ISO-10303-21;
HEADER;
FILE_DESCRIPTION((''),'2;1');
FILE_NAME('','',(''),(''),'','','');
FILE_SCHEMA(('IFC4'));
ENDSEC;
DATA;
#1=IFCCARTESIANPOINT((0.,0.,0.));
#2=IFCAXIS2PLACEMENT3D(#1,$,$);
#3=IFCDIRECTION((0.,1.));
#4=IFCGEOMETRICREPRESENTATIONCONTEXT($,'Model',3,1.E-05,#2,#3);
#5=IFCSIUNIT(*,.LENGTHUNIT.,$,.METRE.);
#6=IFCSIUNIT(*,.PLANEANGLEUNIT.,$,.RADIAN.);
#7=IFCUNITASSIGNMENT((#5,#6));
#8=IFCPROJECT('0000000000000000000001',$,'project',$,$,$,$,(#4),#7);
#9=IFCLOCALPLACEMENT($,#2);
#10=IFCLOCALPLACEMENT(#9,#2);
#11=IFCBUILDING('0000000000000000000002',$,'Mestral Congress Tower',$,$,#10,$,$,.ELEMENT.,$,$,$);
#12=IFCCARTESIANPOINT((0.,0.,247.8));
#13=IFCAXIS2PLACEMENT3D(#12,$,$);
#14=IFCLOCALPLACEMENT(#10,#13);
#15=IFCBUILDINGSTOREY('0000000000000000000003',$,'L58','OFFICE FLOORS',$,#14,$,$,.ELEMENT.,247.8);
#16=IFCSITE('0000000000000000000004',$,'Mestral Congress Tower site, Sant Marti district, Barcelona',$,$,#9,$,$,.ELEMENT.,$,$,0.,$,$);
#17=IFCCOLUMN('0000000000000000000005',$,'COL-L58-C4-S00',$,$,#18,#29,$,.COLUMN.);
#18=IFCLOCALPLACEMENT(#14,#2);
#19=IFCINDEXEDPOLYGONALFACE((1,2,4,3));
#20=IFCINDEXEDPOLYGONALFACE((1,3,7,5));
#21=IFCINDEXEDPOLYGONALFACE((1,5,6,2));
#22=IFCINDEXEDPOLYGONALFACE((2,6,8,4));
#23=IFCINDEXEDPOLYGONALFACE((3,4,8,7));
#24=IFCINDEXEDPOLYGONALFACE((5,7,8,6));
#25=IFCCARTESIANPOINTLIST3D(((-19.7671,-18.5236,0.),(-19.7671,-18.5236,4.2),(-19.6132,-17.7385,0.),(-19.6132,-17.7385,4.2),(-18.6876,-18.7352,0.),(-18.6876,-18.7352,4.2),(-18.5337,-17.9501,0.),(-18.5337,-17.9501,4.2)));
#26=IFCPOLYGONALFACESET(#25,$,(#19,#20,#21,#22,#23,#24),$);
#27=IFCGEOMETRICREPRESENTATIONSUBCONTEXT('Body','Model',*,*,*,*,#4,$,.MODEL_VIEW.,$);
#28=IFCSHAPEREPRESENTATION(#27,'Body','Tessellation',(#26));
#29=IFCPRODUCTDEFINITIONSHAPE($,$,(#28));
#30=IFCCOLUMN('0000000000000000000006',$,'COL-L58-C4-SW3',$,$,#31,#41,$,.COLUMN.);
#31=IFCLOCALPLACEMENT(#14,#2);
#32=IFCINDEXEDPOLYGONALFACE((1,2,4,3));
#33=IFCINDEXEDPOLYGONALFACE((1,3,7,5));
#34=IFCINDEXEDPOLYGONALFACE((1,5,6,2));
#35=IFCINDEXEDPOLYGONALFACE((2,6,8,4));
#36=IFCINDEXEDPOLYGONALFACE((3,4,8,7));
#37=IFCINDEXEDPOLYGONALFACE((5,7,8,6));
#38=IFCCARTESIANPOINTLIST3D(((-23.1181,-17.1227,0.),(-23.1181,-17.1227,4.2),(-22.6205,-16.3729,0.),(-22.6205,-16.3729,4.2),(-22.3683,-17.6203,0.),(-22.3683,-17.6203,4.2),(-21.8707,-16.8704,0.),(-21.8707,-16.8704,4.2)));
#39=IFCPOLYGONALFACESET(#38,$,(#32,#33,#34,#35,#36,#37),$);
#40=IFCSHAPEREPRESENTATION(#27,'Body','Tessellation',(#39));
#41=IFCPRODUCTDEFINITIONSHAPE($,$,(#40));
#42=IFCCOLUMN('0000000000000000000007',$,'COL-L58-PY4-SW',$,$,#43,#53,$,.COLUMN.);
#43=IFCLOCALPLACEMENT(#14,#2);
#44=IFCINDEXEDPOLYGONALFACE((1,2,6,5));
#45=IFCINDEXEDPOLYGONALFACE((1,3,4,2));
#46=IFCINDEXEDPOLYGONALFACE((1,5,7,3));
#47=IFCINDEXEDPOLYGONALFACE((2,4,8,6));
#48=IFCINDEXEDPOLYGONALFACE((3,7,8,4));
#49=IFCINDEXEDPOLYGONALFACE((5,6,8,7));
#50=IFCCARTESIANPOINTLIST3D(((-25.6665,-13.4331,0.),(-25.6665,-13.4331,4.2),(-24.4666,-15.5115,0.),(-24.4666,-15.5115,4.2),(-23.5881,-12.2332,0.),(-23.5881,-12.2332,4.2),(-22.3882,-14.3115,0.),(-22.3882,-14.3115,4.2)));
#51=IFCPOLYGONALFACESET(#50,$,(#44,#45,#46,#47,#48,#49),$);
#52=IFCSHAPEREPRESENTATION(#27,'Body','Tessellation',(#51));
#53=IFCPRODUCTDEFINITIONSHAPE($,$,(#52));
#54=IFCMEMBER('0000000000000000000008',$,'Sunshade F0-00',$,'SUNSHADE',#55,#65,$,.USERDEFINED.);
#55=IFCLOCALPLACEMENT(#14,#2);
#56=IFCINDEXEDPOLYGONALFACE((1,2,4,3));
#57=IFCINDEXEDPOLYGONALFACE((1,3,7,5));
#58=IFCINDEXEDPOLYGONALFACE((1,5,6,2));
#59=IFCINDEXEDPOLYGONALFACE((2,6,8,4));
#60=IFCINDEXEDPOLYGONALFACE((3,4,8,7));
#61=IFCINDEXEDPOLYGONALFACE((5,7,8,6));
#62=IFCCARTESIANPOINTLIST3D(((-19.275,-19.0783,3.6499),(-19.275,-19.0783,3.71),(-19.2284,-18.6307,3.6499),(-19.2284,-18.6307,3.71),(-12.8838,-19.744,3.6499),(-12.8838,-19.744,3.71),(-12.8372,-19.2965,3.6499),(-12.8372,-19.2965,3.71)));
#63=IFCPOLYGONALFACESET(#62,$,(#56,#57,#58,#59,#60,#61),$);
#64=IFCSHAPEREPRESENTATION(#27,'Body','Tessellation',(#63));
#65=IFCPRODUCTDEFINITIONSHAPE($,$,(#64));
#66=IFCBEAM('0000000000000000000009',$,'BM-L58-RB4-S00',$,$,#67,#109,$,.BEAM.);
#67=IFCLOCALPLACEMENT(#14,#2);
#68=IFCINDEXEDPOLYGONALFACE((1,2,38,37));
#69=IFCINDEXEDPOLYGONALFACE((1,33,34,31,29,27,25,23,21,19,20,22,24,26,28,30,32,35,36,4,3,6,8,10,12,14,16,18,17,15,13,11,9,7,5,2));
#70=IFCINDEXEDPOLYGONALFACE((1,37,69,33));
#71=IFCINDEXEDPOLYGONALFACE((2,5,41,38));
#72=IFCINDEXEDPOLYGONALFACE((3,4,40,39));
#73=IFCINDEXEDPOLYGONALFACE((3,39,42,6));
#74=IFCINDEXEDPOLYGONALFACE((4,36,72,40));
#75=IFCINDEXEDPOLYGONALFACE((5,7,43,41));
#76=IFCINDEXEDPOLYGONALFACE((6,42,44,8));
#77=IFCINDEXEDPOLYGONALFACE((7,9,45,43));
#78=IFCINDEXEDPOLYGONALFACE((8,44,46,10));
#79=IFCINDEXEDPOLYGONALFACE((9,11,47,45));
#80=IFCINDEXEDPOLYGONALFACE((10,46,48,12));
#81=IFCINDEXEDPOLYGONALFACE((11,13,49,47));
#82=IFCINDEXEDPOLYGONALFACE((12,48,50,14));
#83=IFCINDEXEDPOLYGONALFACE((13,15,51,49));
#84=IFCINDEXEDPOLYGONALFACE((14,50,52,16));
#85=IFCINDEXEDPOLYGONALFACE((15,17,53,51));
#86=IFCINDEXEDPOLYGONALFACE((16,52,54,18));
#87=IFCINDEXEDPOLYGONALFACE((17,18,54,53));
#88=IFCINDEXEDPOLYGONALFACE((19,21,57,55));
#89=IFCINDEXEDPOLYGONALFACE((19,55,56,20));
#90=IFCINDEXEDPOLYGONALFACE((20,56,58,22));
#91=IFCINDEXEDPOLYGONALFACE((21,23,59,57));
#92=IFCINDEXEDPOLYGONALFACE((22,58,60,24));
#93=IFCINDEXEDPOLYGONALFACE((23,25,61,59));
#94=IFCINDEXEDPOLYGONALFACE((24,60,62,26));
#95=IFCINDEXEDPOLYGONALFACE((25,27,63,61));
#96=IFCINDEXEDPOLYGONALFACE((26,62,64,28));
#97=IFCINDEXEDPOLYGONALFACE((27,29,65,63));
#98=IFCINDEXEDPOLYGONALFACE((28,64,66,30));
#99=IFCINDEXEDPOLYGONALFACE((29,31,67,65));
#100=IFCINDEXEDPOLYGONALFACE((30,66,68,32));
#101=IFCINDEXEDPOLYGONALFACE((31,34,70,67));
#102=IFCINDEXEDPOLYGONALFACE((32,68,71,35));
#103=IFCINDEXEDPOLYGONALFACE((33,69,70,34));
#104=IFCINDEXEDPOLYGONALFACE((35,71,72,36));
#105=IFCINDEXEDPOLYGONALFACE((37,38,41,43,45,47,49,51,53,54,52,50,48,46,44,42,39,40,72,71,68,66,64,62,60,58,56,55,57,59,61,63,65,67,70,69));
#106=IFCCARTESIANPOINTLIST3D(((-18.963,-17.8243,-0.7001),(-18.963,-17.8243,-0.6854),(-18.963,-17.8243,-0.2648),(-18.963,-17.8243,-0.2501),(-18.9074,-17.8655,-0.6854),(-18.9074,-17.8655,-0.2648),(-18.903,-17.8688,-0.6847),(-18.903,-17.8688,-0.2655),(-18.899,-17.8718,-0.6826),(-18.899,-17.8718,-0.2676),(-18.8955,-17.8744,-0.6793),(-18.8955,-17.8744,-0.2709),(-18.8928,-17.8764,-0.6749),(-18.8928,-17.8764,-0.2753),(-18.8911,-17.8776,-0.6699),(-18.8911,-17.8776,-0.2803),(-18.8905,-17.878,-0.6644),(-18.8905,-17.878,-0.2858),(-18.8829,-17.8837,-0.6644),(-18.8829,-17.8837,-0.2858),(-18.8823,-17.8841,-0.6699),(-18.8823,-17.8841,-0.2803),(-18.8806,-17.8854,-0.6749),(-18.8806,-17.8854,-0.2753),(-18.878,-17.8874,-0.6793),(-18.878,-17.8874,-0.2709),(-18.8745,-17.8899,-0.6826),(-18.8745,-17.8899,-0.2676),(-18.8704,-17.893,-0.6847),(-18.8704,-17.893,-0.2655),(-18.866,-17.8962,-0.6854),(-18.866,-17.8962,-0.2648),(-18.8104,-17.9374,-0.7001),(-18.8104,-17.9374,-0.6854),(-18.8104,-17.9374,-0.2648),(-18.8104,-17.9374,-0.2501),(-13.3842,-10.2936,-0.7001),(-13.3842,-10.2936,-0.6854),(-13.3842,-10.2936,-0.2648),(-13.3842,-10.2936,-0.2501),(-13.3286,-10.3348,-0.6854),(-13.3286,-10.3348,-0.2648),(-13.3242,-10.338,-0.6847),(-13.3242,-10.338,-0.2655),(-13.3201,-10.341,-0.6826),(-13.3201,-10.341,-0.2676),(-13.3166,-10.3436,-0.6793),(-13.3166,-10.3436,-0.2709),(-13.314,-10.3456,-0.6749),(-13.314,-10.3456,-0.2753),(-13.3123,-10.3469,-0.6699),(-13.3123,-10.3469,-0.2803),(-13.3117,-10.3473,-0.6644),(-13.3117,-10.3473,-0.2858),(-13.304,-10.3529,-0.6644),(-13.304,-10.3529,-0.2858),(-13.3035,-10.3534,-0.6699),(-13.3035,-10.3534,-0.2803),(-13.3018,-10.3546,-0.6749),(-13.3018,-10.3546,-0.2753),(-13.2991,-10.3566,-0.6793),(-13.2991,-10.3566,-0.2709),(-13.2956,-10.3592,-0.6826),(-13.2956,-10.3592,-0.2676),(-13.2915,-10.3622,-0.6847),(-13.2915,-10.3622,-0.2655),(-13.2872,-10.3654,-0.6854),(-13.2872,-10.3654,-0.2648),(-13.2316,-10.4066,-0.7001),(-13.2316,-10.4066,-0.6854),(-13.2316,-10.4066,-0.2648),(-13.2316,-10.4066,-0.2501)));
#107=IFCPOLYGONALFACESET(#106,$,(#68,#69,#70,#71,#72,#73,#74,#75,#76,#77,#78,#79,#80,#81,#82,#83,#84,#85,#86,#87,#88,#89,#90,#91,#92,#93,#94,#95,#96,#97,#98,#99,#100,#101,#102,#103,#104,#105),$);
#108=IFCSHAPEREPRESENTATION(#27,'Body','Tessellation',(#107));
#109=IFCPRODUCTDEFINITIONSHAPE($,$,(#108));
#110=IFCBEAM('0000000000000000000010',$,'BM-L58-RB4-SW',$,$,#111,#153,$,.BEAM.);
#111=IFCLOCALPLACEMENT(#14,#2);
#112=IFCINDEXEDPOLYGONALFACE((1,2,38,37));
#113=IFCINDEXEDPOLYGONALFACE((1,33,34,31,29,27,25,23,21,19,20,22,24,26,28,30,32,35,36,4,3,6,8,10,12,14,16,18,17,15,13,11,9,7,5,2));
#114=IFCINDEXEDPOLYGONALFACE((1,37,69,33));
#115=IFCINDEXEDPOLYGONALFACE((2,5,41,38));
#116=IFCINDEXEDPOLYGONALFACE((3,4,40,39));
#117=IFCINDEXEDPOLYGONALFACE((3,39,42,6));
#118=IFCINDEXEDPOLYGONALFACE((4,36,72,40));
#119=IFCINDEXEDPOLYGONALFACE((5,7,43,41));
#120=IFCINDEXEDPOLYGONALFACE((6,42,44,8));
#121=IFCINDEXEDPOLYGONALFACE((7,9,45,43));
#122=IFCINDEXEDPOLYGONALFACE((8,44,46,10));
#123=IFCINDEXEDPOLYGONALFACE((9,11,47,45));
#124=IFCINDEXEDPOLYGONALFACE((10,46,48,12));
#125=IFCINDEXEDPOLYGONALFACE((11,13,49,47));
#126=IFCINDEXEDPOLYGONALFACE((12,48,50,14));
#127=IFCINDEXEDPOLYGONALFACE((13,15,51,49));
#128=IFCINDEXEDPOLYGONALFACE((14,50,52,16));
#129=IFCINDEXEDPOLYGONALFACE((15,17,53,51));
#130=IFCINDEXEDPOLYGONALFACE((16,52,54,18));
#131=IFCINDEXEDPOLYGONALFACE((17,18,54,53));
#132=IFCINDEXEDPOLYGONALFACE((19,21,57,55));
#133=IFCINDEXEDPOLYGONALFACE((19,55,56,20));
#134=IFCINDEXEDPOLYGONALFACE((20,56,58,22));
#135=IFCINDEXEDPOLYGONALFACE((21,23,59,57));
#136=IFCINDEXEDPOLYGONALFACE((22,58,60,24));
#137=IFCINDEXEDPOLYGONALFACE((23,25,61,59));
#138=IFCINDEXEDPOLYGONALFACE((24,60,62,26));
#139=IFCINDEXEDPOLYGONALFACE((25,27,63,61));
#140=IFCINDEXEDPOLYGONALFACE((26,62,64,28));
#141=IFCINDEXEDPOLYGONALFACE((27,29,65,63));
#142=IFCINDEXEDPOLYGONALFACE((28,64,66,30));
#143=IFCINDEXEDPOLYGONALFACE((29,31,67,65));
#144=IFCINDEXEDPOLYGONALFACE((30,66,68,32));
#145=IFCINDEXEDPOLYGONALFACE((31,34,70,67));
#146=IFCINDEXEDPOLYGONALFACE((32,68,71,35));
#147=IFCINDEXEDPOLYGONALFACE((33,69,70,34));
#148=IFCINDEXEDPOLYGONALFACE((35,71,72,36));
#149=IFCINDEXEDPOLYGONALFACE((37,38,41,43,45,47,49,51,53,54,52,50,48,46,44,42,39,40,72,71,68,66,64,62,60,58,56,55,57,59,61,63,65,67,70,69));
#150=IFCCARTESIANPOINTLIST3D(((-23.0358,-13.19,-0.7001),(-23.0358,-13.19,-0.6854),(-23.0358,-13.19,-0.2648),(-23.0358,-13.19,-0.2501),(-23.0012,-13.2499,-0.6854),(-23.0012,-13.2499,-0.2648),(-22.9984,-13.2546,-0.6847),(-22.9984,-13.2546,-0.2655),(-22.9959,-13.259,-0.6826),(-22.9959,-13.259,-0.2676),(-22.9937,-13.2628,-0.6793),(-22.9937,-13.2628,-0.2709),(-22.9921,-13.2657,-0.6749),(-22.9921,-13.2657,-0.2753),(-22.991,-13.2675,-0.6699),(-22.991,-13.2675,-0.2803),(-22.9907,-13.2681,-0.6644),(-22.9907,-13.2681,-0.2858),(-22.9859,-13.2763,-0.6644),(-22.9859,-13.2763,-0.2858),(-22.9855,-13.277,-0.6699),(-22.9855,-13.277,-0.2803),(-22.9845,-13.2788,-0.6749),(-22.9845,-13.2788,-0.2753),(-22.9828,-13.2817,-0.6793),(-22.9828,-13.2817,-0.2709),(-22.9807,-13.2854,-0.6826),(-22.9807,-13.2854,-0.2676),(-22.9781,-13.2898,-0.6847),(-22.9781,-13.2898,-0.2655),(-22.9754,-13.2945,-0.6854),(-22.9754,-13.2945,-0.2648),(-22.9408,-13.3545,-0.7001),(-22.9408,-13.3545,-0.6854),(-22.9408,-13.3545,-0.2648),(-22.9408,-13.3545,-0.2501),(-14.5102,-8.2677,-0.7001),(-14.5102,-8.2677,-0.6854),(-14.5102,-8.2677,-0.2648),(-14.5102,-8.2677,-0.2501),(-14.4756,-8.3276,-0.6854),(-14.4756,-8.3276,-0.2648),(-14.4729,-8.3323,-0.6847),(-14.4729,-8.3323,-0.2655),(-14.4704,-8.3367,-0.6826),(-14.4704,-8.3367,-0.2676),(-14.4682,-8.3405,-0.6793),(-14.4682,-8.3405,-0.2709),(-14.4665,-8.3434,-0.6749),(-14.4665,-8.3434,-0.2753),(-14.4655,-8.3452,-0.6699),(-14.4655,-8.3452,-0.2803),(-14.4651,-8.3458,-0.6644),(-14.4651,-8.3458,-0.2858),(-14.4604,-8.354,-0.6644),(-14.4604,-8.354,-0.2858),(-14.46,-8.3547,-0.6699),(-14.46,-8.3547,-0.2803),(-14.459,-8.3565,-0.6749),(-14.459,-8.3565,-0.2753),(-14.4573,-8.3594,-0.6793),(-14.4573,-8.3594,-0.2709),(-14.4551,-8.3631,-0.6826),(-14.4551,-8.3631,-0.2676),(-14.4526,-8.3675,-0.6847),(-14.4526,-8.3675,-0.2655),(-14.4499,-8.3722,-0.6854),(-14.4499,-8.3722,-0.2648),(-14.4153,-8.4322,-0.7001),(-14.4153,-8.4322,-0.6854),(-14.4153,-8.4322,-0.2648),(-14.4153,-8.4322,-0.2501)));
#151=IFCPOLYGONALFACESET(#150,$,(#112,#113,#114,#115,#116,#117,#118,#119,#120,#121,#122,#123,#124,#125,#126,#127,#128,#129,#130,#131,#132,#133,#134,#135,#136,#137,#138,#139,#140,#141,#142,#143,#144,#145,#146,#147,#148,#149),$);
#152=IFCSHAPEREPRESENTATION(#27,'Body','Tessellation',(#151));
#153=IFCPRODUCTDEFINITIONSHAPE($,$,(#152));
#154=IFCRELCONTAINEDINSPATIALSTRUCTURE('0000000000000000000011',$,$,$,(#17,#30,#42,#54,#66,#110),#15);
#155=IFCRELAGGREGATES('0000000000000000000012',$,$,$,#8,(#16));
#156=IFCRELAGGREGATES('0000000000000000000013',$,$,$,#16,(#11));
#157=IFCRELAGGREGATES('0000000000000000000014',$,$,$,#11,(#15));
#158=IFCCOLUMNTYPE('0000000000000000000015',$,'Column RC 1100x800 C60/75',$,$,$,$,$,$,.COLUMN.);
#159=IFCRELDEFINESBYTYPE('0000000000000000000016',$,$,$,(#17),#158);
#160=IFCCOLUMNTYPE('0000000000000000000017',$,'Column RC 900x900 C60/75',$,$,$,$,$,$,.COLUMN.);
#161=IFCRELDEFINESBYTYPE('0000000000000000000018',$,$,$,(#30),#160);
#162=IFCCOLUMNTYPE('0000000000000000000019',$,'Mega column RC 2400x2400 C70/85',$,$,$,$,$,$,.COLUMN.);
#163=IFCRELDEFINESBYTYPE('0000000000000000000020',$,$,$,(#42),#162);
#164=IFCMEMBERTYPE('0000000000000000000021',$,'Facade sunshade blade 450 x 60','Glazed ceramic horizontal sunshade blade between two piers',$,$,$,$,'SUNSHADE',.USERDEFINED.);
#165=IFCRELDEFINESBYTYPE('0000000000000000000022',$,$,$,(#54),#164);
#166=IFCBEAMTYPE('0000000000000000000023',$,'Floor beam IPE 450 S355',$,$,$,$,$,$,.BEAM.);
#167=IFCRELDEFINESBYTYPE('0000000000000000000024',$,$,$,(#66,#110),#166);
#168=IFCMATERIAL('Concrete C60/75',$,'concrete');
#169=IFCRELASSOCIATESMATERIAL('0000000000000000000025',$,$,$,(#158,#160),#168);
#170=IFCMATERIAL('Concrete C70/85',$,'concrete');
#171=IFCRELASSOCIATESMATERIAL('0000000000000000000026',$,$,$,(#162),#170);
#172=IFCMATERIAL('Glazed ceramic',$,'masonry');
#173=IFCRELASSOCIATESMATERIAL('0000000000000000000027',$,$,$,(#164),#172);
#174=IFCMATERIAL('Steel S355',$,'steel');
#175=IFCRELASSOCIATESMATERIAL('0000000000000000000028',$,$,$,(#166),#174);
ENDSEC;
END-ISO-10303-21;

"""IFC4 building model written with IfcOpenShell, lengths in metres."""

from ifc_helpers import new_model, si_unit, direction, frame, origin, origin_2d, place, context, subcontext, project, spatial, rectangle, i_section, extrude, material, material_profile, profile_set, type_object, element, save


model = new_model("IFC4")

# Units and contexts
model_context = context("Model", 3, precision=1e-05, world=origin(), true_north=direction((0.0, 1.0)))
body_context = subcontext(model_context, "Body", "Model", "MODEL_VIEW")
ifc_project = project(units=[si_unit("LENGTHUNIT", "METRE"), si_unit("PLANEANGLEUNIT", "RADIAN")], contexts=[model_context])

# Site, building, storey
site_placement = place(None, origin())
site = spatial("IfcSite", under=ifc_project, at=site_placement, Name="Mestral Congress Tower site, Sant Marti district, Barcelona", CompositionType="ELEMENT", RefElevation=0.0)
building_placement = place(site_placement, origin())
building = spatial("IfcBuilding", under=site, at=building_placement, Name="Mestral Congress Tower", CompositionType="ELEMENT")
storey_placement = place(building_placement, frame((0.0, 0.0, 247.8)))
storey = spatial("IfcBuildingStorey", under=building, at=storey_placement, Name="L58", Description="OFFICE FLOORS", CompositionType="ELEMENT", Elevation=247.8)

# Columns
ifc_material_1 = material(Name="Concrete C60/75", Category="concrete")
ifc_material_profile_1 = material_profile(ifc_material_1, rectangle(XDim=1.1001, YDim=0.8, at=origin_2d()), Name="RC 1100x800")
ifc_profile_set_1 = profile_set([ifc_material_profile_1], Name="Concrete C60/75")
column_type_1 = type_object("IfcColumnType", Name="Column RC 1100x800 C60/75", PredefinedType="COLUMN", material=ifc_profile_set_1)
column_1_placement = place(storey_placement, frame((-19.1504, -18.2368, 0.0), z_axis=(0.0, 0.0, 1.0), x_axis=(0.981325, -0.192359, 0.0)))
element("IfcColumn", 1, at=column_1_placement, inside=storey, type_object=column_type_1, Name="COL-L58-C4-S00", PredefinedType="COLUMN", context=body_context, shape_type="SweptSolid", body=[
    extrude(rectangle(XDim=1.1001, YDim=0.8, at=origin_2d()), origin(), (0.0, 0.0, 1.0), 4.2),
])
ifc_material_profile_2 = material_profile(ifc_material_1, rectangle(XDim=0.8999, YDim=0.8999, at=origin_2d()), Name="RC 900x900")
ifc_profile_set_2 = profile_set([ifc_material_profile_2], Name="Concrete C60/75")
column_type_2 = type_object("IfcColumnType", Name="Column RC 900x900 C60/75", PredefinedType="COLUMN", material=ifc_profile_set_2)
column_2_placement = place(storey_placement, frame((-22.4944, -16.9966, 0.0), z_axis=(0.0, 0.0, 1.0), x_axis=(0.833239, -0.552913, 0.0)))
element("IfcColumn", 2, at=column_2_placement, inside=storey, type_object=column_type_2, Name="COL-L58-C4-SW3", PredefinedType="COLUMN", context=body_context, shape_type="SweptSolid", body=[
    extrude(rectangle(XDim=0.8999, YDim=0.8999, at=origin_2d()), origin(), (0.0, 0.0, 1.0), 4.2),
])
ifc_material_2 = material(Name="Concrete C70/85", Category="concrete")
ifc_material_profile_3 = material_profile(ifc_material_2, rectangle(XDim=2.3999, YDim=2.3999, at=origin_2d()), Name="RC 2400x2400")
ifc_profile_set_3 = profile_set([ifc_material_profile_3], Name="Concrete C70/85")
column_type_3 = type_object("IfcColumnType", Name="Mega column RC 2400x2400 C70/85", PredefinedType="COLUMN", material=ifc_profile_set_3)
column_3_placement = place(storey_placement, frame((-24.0273, -13.8723, 0.0), z_axis=(0.0, 0.0, 1.0), x_axis=(-0.866025, -0.5, 0.0)))
element("IfcColumn", 3, at=column_3_placement, inside=storey, type_object=column_type_3, Name="COL-L58-PY4-SW", PredefinedType="COLUMN", context=body_context, shape_type="SweptSolid", body=[
    extrude(rectangle(XDim=2.3999, YDim=2.3999, at=origin_2d()), origin(), (0.0, 0.0, 1.0), 4.2),
])

# Member
ifc_material_3 = material(Name="Glazed ceramic", Category="masonry")
ifc_material_profile_4 = material_profile(ifc_material_3, rectangle(XDim=0.45, YDim=0.0601, at=origin_2d()), Name="Ceramic blade 450 x 60")
ifc_profile_set_4 = profile_set([ifc_material_profile_4], Name="Glazed ceramic")
member_type = type_object("IfcMemberType", Name="Facade sunshade blade 450 x 60", Description="Glazed ceramic horizontal sunshade blade between two piers", ElementType="SUNSHADE", PredefinedType="USERDEFINED", material=ifc_profile_set_4)
member_placement = place(storey_placement, frame((-19.2517, -18.8545, 3.6799), z_axis=(0.994618, -0.103611, 0.0), x_axis=(0.103611, 0.994618, 0.0)))
element("IfcMember", 4, at=member_placement, inside=storey, type_object=member_type, Name="Sunshade F0-00", ObjectType="SUNSHADE", PredefinedType="USERDEFINED", context=body_context, shape_type="SweptSolid", body=[
    extrude(rectangle(XDim=0.45, YDim=0.0601, at=origin_2d()), origin(), (0.0, 0.0, 1.0), 6.4258),
])

# Beams
ifc_material_4 = material(Name="Steel S355", Category="steel")
ifc_material_profile_5 = material_profile(ifc_material_4, i_section(OverallWidth=0.1899, OverallDepth=0.45, WebThickness=0.0095, FlangeThickness=0.0146, FilletRadius=0.021, at=origin_2d()), Name="IPE 450")
ifc_profile_set_5 = profile_set([ifc_material_profile_5], Name="Steel S355")
beam_type_1 = type_object("IfcBeamType", Name="Floor beam IPE 450 S355", PredefinedType="BEAM", material=ifc_profile_set_5)
beam_1_placement = place(storey_placement, frame((-18.8867, -17.8809, -0.4751), z_axis=(0.595263, 0.803531, 0.0), x_axis=(-0.803531, 0.595263, 0.0)))
element("IfcBeam", 5, at=beam_1_placement, inside=storey, type_object=beam_type_1, Name="BM-L58-RB4-S00", PredefinedType="BEAM", context=body_context, shape_type="SweptSolid", body=[
    extrude(i_section(OverallWidth=0.1899, OverallDepth=0.45, WebThickness=0.0095, FlangeThickness=0.0146, FilletRadius=0.021, at=origin_2d()), origin(), (0.0, 0.0, 1.0), 9.3721),
])
beam_2_placement = place(storey_placement, frame((-22.9883, -13.2722, -0.4751), z_axis=(0.866022, 0.500007, 0.0), x_axis=(-0.500007, 0.866022, 0.0)))
element("IfcBeam", 6, at=beam_2_placement, inside=storey, type_object=beam_type_1, Name="BM-L58-RB4-SW", PredefinedType="BEAM", context=body_context, shape_type="SweptSolid", body=[
    extrude(i_section(OverallWidth=0.1899, OverallDepth=0.45, WebThickness=0.0095, FlangeThickness=0.0146, FilletRadius=0.021, at=origin_2d()), origin(), (0.0, 0.0, 1.0), 9.8445),
])

save(model, "model.ifc")
